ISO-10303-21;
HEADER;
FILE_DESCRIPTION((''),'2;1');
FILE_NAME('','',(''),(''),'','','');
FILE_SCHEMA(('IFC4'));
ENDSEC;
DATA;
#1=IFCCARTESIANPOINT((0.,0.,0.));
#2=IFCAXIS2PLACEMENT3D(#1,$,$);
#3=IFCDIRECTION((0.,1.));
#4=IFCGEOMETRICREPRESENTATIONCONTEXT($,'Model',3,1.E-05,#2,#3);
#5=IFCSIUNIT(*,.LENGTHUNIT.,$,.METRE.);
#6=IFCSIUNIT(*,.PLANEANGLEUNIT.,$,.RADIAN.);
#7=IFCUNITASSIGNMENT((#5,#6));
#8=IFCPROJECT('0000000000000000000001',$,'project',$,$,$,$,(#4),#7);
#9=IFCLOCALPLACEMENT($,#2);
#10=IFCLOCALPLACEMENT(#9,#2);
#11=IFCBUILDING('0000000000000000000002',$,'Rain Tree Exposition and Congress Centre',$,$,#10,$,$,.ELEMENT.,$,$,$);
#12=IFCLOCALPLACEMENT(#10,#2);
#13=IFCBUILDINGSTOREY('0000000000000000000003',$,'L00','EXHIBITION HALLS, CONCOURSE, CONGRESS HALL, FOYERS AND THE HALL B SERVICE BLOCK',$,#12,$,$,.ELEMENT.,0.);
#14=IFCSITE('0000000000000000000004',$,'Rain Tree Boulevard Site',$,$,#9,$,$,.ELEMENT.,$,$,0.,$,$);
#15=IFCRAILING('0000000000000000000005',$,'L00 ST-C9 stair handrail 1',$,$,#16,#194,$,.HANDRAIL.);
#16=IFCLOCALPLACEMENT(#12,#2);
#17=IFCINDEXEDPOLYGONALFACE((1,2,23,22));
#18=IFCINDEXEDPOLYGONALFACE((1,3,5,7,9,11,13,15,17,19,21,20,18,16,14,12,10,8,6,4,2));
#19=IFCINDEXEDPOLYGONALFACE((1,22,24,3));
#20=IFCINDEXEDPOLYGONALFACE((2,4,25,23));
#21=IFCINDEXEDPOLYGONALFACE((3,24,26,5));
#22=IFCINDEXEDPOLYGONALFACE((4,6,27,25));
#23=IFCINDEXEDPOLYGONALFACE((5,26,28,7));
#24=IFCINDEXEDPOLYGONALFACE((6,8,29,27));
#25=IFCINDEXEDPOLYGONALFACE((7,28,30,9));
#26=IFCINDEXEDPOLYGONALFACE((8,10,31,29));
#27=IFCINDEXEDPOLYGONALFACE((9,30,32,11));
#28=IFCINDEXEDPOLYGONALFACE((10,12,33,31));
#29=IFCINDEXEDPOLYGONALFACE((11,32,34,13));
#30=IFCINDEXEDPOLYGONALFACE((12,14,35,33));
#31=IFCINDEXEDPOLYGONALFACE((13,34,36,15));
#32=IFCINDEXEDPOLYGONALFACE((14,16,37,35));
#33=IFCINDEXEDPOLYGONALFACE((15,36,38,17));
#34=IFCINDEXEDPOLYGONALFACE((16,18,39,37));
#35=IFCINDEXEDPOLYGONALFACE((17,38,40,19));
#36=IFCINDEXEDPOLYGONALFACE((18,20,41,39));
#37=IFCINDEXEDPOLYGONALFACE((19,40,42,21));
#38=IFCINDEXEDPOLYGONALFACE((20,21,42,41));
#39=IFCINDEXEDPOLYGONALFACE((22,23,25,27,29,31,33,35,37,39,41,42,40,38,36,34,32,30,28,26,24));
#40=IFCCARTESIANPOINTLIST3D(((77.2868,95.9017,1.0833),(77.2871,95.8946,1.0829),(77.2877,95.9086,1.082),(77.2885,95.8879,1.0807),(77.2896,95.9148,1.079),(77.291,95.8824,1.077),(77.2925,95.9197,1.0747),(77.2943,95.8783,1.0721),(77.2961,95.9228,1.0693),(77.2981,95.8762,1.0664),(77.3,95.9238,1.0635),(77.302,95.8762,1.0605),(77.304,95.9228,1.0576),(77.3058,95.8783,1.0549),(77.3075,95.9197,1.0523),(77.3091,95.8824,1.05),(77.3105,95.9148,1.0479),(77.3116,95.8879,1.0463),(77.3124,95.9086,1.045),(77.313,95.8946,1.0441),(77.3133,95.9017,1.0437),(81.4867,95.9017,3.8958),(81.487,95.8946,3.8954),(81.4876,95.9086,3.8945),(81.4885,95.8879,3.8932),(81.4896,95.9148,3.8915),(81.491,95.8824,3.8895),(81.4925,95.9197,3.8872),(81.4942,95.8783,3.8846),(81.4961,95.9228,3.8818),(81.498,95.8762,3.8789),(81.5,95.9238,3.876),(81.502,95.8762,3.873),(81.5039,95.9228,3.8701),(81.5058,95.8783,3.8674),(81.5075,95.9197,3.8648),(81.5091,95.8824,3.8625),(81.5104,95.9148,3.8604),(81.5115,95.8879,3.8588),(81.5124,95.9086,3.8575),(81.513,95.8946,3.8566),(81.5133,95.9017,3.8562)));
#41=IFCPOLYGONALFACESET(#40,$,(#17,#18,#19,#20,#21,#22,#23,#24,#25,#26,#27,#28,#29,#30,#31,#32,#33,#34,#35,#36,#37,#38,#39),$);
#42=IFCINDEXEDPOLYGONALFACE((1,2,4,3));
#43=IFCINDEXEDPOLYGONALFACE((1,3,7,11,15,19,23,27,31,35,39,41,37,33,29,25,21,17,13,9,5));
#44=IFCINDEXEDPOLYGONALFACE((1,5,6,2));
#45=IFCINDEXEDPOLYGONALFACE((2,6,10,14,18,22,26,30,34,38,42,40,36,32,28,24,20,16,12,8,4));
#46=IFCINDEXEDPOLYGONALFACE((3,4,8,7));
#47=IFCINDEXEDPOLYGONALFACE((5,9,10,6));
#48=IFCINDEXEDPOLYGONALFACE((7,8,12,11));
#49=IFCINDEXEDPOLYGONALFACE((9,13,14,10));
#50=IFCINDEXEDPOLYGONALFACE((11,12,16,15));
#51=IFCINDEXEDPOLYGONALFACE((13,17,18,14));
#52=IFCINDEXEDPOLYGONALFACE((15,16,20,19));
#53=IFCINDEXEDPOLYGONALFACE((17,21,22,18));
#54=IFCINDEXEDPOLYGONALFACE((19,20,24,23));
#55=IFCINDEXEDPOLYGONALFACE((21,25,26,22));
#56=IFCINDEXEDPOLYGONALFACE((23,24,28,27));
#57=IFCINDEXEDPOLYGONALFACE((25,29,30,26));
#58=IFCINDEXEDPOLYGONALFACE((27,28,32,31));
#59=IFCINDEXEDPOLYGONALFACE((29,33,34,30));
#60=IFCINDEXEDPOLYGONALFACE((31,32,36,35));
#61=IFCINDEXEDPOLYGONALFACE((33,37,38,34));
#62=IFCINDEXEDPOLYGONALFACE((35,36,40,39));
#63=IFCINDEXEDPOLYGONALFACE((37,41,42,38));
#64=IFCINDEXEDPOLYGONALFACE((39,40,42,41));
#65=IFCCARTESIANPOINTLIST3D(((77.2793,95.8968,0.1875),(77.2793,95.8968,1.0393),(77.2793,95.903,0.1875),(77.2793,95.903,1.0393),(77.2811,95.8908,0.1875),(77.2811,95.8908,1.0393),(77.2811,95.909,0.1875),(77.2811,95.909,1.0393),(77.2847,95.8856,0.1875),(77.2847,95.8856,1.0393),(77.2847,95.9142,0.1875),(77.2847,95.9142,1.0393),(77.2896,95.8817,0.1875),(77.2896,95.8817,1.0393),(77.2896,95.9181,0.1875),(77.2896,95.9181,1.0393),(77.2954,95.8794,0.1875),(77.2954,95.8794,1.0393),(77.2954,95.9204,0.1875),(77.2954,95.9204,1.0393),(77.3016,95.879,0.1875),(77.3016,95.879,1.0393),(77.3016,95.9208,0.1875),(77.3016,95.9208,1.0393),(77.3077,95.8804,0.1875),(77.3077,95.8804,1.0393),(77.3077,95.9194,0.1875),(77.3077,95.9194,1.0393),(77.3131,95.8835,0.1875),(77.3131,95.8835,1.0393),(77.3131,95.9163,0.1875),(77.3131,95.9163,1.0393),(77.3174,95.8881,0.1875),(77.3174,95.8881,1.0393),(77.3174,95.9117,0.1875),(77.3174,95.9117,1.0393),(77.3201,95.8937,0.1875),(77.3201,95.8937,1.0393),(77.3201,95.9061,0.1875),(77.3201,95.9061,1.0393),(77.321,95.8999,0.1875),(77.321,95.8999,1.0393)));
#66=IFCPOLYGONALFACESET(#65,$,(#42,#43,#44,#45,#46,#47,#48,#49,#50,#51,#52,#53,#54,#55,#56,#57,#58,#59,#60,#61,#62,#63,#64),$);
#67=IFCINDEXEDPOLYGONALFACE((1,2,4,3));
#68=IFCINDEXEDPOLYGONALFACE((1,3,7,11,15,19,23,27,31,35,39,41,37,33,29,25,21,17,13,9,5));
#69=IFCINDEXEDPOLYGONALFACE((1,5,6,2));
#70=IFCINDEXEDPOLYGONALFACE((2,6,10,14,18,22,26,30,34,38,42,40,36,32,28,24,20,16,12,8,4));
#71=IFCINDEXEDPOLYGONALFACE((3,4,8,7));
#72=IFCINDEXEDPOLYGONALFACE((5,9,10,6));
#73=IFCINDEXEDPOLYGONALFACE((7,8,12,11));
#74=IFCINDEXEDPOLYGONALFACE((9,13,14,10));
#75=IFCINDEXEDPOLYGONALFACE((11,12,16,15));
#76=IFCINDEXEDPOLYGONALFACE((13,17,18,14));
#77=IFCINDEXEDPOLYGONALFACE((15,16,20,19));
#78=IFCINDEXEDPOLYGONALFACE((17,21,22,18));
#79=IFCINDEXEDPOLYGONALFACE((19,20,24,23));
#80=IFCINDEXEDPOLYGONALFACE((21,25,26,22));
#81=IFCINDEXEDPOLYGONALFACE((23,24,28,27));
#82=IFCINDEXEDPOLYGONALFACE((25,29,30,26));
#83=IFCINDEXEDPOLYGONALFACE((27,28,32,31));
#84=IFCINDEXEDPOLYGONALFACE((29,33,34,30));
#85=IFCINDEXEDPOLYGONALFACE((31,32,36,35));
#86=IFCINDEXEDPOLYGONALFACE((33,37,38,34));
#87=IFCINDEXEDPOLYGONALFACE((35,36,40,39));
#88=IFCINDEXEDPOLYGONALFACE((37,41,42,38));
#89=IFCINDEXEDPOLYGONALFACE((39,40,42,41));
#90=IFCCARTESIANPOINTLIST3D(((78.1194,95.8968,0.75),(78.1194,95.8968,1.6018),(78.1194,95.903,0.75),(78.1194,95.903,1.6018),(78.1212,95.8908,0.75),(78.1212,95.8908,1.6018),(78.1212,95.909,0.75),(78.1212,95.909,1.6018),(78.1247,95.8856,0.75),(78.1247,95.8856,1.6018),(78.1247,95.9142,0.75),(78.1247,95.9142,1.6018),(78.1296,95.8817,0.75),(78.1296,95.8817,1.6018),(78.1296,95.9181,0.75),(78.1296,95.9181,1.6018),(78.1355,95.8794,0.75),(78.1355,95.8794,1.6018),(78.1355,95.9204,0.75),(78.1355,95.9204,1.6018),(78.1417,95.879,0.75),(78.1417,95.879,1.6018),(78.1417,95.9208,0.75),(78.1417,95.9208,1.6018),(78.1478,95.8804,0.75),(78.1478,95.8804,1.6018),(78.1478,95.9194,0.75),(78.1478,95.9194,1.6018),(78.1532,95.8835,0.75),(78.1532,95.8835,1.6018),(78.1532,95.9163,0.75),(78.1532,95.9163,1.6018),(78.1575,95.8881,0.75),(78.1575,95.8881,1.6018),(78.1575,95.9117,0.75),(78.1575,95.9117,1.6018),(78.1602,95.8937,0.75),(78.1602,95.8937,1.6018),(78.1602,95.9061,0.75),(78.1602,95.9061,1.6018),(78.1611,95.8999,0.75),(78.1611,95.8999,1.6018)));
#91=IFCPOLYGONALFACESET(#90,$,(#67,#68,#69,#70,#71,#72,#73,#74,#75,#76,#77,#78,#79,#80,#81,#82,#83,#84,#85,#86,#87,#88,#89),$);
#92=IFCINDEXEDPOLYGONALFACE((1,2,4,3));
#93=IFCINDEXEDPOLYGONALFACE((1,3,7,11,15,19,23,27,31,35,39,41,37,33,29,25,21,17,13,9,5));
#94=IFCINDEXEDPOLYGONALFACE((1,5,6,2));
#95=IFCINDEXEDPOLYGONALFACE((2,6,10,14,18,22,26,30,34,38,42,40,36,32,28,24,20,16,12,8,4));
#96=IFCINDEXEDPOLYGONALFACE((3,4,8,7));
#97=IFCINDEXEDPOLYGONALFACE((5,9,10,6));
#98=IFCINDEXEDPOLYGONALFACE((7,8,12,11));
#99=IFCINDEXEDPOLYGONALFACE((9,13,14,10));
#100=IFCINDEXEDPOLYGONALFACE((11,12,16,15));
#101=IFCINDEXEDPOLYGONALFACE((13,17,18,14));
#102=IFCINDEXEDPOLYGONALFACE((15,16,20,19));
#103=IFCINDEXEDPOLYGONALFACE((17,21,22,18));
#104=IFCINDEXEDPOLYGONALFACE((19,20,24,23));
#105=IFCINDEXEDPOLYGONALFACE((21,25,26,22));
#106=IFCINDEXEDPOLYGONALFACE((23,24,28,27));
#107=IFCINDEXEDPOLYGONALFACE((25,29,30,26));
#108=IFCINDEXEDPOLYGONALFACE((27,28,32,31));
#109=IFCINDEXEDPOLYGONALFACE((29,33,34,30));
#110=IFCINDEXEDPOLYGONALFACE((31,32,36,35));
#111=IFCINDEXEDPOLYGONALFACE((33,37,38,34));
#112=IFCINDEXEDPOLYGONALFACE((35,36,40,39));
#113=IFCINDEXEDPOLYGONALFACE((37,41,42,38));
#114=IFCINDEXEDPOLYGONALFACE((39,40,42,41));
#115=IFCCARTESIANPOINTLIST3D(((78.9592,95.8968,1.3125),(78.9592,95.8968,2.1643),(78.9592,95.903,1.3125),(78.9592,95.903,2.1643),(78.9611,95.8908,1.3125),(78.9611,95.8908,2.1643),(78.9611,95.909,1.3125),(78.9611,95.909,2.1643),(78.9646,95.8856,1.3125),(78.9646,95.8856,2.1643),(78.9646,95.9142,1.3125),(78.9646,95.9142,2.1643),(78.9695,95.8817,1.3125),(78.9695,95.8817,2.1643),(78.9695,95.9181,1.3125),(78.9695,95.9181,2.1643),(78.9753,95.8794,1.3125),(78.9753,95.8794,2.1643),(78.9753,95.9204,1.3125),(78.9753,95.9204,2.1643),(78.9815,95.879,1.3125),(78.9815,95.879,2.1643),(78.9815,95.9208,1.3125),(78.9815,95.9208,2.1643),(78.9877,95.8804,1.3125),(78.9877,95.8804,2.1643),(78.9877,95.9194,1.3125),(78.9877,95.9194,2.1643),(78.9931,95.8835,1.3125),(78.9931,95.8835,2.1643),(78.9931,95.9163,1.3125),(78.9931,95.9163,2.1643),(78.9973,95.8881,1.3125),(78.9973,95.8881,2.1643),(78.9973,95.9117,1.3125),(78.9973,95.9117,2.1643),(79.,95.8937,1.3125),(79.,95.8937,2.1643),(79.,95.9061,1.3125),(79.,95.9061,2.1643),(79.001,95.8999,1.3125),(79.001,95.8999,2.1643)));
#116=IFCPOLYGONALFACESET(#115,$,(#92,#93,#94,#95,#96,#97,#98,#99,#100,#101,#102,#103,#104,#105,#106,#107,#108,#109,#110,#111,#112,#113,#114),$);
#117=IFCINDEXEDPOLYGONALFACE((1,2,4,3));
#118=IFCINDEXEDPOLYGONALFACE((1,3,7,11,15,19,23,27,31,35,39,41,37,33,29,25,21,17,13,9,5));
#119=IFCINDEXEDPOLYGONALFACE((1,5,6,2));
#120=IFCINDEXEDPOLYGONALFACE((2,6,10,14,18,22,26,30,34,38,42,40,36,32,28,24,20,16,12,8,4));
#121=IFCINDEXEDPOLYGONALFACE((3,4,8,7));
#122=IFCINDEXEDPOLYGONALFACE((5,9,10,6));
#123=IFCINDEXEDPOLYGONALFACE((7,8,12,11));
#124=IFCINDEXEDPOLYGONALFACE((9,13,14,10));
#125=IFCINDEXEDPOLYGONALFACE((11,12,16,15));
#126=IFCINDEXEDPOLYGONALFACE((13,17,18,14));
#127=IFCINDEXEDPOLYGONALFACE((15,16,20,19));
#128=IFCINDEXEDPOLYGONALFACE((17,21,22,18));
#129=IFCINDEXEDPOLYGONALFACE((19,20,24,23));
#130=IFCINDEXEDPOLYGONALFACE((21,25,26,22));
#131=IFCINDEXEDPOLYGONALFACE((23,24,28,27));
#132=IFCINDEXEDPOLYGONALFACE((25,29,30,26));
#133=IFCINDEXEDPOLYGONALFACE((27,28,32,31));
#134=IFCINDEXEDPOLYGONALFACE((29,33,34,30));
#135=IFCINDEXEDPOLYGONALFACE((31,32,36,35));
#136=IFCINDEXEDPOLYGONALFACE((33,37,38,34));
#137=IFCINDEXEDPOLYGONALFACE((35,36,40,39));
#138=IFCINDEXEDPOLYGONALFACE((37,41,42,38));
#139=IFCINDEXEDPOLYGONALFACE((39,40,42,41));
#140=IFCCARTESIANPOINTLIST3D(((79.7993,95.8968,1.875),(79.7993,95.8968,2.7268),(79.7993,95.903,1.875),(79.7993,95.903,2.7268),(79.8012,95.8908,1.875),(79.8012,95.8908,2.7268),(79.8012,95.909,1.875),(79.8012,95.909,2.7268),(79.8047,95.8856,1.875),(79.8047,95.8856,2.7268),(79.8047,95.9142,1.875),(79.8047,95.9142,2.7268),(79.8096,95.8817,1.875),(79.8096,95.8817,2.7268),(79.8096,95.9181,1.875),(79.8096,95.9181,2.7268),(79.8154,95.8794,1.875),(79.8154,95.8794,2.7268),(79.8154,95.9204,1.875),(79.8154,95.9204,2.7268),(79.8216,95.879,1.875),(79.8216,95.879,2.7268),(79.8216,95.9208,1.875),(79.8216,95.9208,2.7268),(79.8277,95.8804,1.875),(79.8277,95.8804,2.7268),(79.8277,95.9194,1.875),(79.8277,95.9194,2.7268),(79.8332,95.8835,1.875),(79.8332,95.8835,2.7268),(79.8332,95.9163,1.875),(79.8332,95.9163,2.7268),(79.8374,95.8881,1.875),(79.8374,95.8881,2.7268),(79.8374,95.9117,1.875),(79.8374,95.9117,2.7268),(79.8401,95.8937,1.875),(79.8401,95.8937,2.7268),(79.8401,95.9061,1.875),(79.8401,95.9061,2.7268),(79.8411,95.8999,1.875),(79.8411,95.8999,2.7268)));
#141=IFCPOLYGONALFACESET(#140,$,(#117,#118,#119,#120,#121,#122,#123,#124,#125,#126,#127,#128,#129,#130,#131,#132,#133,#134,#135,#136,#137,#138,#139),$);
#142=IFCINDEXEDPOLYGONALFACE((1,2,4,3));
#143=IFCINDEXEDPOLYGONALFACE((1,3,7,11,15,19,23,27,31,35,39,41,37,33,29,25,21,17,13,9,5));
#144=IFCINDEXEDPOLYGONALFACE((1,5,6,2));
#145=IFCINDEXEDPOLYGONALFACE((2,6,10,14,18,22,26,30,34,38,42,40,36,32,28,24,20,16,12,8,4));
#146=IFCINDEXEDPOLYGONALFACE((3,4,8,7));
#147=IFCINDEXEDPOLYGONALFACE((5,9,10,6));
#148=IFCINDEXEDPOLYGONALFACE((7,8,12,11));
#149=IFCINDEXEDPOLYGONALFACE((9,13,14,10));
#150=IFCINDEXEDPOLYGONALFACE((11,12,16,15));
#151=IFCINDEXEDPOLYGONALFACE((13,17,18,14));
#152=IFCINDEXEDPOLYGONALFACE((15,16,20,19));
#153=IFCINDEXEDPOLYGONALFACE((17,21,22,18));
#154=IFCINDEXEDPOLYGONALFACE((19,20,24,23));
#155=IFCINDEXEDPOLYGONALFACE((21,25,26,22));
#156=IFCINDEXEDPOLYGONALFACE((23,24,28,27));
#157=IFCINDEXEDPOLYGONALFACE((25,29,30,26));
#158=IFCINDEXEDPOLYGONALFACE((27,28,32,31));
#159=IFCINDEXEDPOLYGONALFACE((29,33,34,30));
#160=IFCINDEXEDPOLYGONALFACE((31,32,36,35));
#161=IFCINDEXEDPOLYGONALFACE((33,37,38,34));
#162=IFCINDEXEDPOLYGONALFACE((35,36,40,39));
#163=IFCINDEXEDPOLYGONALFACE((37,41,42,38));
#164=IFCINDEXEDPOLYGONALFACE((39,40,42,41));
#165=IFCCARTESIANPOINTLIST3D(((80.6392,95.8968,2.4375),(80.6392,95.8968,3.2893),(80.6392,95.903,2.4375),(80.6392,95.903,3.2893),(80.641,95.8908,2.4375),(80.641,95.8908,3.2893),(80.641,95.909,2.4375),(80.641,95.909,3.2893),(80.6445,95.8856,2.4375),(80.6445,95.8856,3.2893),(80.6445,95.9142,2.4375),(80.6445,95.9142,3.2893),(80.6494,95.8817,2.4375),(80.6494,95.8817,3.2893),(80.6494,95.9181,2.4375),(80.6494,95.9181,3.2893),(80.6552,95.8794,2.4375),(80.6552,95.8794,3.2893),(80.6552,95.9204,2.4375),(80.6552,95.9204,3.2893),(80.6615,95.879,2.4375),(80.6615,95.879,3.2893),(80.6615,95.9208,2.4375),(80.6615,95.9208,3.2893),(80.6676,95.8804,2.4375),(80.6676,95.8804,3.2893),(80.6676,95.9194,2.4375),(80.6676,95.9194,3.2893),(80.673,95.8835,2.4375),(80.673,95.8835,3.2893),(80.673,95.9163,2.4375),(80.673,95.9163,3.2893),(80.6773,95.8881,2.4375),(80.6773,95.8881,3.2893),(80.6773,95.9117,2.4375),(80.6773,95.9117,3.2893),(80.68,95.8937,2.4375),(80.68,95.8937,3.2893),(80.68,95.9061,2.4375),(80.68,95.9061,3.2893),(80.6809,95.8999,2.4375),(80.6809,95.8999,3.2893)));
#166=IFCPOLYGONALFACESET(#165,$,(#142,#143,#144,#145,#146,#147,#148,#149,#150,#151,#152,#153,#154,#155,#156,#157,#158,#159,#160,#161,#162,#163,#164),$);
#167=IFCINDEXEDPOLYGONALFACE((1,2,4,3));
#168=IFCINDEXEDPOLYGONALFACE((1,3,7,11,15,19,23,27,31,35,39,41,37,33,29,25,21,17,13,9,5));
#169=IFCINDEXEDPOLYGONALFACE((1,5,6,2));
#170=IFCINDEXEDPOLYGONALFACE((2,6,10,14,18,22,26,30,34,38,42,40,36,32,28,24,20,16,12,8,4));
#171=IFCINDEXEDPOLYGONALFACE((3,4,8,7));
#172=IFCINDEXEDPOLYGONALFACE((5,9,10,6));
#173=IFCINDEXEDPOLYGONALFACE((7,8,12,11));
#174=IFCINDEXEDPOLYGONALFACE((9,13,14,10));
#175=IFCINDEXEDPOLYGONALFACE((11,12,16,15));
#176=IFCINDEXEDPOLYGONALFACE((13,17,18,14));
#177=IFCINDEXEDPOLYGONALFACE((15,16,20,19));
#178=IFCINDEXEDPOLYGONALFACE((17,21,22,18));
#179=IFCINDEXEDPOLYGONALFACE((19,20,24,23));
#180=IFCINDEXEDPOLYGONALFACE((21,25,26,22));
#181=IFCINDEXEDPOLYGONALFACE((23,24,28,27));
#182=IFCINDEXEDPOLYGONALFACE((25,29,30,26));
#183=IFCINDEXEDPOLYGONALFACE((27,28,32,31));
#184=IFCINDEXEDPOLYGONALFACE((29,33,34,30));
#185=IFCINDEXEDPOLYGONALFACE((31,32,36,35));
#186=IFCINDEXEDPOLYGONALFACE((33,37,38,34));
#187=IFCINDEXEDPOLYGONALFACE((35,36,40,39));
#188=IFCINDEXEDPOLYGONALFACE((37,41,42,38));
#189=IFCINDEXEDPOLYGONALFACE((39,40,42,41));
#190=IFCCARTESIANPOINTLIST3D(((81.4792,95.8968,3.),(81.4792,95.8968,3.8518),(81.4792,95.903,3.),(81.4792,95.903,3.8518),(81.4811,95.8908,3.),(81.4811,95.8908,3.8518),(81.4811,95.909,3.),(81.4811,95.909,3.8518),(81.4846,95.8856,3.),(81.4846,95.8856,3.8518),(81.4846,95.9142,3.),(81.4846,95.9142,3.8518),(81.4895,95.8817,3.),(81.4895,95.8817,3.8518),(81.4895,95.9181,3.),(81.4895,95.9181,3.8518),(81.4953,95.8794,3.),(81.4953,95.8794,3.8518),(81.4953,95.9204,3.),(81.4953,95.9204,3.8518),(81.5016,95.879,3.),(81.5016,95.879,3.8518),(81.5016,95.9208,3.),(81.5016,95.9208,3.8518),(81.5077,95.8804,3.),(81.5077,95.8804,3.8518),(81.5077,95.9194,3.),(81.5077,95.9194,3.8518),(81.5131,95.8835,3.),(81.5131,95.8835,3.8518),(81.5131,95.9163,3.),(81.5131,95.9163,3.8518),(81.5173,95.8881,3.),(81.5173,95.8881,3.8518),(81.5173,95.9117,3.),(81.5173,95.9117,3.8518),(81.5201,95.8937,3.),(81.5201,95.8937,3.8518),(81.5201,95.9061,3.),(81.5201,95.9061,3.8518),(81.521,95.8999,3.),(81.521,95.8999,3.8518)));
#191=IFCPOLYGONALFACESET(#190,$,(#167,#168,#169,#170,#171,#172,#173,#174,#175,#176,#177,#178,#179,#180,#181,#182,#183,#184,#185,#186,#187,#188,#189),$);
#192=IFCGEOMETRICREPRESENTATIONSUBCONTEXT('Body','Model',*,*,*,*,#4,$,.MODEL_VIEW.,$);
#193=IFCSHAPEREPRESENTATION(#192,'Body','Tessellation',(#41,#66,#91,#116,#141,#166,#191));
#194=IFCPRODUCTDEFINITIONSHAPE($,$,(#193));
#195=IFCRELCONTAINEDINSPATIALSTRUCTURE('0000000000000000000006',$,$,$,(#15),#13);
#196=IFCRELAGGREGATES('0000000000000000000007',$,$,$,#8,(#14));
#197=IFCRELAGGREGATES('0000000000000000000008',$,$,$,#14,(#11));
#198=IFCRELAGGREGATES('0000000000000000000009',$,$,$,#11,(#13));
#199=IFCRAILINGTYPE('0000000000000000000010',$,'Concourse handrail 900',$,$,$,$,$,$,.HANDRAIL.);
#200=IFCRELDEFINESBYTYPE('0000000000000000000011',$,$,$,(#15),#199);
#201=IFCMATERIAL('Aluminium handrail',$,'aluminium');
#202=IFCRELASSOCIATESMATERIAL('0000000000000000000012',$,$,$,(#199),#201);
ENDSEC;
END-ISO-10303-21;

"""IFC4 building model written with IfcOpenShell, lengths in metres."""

from ifc_helpers import new_model, si_unit, direction, frame, origin, origin_2d, place, context, subcontext, project, spatial, circle, extrude, material, type_object, element, save


model = new_model("IFC4")

# Units and contexts
model_context = context("Model", 3, precision=1e-05, world=origin(), true_north=direction((0.0, 1.0)))
body_context = subcontext(model_context, "Body", "Model", "MODEL_VIEW")
ifc_project = project(units=[si_unit("LENGTHUNIT", "METRE"), si_unit("PLANEANGLEUNIT", "RADIAN")], contexts=[model_context])

# Site, building, storey
site_placement = place(None, origin())
site = spatial("IfcSite", under=ifc_project, at=site_placement, Name="Rain Tree Boulevard Site", CompositionType="ELEMENT", RefElevation=0.0)
building_placement = place(site_placement, origin())
building = spatial("IfcBuilding", under=site, at=building_placement, Name="Rain Tree Exposition and Congress Centre", CompositionType="ELEMENT")
storey_placement = place(building_placement, origin())
storey = spatial("IfcBuildingStorey", under=building, at=storey_placement, Name="L00", Description="EXHIBITION HALLS, CONCOURSE, CONGRESS HALL, FOYERS AND THE HALL B SERVICE BLOCK", CompositionType="ELEMENT", Elevation=0.0)

# Railing
ifc_material_1 = material(Name="Aluminium handrail", Category="aluminium")
railing_type_1 = type_object("IfcRailingType", Name="Concourse handrail 900", PredefinedType="HANDRAIL", material=ifc_material_1)
railing_1_placement = place(storey_placement, frame((77.3, 95.8999, 0.1875)))
element("IfcRailing", 1, at=railing_1_placement, inside=storey, type_object=railing_type_1, Name="L00 ST-C9 stair handrail 1", PredefinedType="HANDRAIL", context=body_context, shape_type="SweptSolid", body=[
    extrude(circle(Radius=0.0239, at=origin_2d()), frame((0.0, 0.0, 0.876), z_axis=(0.830904, 0.0, 0.556416), x_axis=(0.0, 1.0, 0.0)), (0.0, 0.0, 1.0), 5.0547),
    extrude(circle(Radius=0.021, at=origin_2d()), origin(), (0.0, 0.0, 1.0), 0.8518),
    extrude(circle(Radius=0.021, at=origin_2d()), frame((0.8401, 0.0, 0.5625)), (0.0, 0.0, 1.0), 0.8518),
    extrude(circle(Radius=0.021, at=origin_2d()), frame((1.6799, 0.0, 1.125)), (0.0, 0.0, 1.0), 0.8518),
    extrude(circle(Radius=0.021, at=origin_2d()), frame((2.52, 0.0, 1.6875)), (0.0, 0.0, 1.0), 0.8518),
    extrude(circle(Radius=0.021, at=origin_2d()), frame((3.3599, 0.0, 2.25)), (0.0, 0.0, 1.0), 0.8518),
    extrude(circle(Radius=0.021, at=origin_2d()), frame((4.2, 0.0, 2.8125)), (0.0, 0.0, 1.0), 0.8518),
])

save(model, "model.ifc")
